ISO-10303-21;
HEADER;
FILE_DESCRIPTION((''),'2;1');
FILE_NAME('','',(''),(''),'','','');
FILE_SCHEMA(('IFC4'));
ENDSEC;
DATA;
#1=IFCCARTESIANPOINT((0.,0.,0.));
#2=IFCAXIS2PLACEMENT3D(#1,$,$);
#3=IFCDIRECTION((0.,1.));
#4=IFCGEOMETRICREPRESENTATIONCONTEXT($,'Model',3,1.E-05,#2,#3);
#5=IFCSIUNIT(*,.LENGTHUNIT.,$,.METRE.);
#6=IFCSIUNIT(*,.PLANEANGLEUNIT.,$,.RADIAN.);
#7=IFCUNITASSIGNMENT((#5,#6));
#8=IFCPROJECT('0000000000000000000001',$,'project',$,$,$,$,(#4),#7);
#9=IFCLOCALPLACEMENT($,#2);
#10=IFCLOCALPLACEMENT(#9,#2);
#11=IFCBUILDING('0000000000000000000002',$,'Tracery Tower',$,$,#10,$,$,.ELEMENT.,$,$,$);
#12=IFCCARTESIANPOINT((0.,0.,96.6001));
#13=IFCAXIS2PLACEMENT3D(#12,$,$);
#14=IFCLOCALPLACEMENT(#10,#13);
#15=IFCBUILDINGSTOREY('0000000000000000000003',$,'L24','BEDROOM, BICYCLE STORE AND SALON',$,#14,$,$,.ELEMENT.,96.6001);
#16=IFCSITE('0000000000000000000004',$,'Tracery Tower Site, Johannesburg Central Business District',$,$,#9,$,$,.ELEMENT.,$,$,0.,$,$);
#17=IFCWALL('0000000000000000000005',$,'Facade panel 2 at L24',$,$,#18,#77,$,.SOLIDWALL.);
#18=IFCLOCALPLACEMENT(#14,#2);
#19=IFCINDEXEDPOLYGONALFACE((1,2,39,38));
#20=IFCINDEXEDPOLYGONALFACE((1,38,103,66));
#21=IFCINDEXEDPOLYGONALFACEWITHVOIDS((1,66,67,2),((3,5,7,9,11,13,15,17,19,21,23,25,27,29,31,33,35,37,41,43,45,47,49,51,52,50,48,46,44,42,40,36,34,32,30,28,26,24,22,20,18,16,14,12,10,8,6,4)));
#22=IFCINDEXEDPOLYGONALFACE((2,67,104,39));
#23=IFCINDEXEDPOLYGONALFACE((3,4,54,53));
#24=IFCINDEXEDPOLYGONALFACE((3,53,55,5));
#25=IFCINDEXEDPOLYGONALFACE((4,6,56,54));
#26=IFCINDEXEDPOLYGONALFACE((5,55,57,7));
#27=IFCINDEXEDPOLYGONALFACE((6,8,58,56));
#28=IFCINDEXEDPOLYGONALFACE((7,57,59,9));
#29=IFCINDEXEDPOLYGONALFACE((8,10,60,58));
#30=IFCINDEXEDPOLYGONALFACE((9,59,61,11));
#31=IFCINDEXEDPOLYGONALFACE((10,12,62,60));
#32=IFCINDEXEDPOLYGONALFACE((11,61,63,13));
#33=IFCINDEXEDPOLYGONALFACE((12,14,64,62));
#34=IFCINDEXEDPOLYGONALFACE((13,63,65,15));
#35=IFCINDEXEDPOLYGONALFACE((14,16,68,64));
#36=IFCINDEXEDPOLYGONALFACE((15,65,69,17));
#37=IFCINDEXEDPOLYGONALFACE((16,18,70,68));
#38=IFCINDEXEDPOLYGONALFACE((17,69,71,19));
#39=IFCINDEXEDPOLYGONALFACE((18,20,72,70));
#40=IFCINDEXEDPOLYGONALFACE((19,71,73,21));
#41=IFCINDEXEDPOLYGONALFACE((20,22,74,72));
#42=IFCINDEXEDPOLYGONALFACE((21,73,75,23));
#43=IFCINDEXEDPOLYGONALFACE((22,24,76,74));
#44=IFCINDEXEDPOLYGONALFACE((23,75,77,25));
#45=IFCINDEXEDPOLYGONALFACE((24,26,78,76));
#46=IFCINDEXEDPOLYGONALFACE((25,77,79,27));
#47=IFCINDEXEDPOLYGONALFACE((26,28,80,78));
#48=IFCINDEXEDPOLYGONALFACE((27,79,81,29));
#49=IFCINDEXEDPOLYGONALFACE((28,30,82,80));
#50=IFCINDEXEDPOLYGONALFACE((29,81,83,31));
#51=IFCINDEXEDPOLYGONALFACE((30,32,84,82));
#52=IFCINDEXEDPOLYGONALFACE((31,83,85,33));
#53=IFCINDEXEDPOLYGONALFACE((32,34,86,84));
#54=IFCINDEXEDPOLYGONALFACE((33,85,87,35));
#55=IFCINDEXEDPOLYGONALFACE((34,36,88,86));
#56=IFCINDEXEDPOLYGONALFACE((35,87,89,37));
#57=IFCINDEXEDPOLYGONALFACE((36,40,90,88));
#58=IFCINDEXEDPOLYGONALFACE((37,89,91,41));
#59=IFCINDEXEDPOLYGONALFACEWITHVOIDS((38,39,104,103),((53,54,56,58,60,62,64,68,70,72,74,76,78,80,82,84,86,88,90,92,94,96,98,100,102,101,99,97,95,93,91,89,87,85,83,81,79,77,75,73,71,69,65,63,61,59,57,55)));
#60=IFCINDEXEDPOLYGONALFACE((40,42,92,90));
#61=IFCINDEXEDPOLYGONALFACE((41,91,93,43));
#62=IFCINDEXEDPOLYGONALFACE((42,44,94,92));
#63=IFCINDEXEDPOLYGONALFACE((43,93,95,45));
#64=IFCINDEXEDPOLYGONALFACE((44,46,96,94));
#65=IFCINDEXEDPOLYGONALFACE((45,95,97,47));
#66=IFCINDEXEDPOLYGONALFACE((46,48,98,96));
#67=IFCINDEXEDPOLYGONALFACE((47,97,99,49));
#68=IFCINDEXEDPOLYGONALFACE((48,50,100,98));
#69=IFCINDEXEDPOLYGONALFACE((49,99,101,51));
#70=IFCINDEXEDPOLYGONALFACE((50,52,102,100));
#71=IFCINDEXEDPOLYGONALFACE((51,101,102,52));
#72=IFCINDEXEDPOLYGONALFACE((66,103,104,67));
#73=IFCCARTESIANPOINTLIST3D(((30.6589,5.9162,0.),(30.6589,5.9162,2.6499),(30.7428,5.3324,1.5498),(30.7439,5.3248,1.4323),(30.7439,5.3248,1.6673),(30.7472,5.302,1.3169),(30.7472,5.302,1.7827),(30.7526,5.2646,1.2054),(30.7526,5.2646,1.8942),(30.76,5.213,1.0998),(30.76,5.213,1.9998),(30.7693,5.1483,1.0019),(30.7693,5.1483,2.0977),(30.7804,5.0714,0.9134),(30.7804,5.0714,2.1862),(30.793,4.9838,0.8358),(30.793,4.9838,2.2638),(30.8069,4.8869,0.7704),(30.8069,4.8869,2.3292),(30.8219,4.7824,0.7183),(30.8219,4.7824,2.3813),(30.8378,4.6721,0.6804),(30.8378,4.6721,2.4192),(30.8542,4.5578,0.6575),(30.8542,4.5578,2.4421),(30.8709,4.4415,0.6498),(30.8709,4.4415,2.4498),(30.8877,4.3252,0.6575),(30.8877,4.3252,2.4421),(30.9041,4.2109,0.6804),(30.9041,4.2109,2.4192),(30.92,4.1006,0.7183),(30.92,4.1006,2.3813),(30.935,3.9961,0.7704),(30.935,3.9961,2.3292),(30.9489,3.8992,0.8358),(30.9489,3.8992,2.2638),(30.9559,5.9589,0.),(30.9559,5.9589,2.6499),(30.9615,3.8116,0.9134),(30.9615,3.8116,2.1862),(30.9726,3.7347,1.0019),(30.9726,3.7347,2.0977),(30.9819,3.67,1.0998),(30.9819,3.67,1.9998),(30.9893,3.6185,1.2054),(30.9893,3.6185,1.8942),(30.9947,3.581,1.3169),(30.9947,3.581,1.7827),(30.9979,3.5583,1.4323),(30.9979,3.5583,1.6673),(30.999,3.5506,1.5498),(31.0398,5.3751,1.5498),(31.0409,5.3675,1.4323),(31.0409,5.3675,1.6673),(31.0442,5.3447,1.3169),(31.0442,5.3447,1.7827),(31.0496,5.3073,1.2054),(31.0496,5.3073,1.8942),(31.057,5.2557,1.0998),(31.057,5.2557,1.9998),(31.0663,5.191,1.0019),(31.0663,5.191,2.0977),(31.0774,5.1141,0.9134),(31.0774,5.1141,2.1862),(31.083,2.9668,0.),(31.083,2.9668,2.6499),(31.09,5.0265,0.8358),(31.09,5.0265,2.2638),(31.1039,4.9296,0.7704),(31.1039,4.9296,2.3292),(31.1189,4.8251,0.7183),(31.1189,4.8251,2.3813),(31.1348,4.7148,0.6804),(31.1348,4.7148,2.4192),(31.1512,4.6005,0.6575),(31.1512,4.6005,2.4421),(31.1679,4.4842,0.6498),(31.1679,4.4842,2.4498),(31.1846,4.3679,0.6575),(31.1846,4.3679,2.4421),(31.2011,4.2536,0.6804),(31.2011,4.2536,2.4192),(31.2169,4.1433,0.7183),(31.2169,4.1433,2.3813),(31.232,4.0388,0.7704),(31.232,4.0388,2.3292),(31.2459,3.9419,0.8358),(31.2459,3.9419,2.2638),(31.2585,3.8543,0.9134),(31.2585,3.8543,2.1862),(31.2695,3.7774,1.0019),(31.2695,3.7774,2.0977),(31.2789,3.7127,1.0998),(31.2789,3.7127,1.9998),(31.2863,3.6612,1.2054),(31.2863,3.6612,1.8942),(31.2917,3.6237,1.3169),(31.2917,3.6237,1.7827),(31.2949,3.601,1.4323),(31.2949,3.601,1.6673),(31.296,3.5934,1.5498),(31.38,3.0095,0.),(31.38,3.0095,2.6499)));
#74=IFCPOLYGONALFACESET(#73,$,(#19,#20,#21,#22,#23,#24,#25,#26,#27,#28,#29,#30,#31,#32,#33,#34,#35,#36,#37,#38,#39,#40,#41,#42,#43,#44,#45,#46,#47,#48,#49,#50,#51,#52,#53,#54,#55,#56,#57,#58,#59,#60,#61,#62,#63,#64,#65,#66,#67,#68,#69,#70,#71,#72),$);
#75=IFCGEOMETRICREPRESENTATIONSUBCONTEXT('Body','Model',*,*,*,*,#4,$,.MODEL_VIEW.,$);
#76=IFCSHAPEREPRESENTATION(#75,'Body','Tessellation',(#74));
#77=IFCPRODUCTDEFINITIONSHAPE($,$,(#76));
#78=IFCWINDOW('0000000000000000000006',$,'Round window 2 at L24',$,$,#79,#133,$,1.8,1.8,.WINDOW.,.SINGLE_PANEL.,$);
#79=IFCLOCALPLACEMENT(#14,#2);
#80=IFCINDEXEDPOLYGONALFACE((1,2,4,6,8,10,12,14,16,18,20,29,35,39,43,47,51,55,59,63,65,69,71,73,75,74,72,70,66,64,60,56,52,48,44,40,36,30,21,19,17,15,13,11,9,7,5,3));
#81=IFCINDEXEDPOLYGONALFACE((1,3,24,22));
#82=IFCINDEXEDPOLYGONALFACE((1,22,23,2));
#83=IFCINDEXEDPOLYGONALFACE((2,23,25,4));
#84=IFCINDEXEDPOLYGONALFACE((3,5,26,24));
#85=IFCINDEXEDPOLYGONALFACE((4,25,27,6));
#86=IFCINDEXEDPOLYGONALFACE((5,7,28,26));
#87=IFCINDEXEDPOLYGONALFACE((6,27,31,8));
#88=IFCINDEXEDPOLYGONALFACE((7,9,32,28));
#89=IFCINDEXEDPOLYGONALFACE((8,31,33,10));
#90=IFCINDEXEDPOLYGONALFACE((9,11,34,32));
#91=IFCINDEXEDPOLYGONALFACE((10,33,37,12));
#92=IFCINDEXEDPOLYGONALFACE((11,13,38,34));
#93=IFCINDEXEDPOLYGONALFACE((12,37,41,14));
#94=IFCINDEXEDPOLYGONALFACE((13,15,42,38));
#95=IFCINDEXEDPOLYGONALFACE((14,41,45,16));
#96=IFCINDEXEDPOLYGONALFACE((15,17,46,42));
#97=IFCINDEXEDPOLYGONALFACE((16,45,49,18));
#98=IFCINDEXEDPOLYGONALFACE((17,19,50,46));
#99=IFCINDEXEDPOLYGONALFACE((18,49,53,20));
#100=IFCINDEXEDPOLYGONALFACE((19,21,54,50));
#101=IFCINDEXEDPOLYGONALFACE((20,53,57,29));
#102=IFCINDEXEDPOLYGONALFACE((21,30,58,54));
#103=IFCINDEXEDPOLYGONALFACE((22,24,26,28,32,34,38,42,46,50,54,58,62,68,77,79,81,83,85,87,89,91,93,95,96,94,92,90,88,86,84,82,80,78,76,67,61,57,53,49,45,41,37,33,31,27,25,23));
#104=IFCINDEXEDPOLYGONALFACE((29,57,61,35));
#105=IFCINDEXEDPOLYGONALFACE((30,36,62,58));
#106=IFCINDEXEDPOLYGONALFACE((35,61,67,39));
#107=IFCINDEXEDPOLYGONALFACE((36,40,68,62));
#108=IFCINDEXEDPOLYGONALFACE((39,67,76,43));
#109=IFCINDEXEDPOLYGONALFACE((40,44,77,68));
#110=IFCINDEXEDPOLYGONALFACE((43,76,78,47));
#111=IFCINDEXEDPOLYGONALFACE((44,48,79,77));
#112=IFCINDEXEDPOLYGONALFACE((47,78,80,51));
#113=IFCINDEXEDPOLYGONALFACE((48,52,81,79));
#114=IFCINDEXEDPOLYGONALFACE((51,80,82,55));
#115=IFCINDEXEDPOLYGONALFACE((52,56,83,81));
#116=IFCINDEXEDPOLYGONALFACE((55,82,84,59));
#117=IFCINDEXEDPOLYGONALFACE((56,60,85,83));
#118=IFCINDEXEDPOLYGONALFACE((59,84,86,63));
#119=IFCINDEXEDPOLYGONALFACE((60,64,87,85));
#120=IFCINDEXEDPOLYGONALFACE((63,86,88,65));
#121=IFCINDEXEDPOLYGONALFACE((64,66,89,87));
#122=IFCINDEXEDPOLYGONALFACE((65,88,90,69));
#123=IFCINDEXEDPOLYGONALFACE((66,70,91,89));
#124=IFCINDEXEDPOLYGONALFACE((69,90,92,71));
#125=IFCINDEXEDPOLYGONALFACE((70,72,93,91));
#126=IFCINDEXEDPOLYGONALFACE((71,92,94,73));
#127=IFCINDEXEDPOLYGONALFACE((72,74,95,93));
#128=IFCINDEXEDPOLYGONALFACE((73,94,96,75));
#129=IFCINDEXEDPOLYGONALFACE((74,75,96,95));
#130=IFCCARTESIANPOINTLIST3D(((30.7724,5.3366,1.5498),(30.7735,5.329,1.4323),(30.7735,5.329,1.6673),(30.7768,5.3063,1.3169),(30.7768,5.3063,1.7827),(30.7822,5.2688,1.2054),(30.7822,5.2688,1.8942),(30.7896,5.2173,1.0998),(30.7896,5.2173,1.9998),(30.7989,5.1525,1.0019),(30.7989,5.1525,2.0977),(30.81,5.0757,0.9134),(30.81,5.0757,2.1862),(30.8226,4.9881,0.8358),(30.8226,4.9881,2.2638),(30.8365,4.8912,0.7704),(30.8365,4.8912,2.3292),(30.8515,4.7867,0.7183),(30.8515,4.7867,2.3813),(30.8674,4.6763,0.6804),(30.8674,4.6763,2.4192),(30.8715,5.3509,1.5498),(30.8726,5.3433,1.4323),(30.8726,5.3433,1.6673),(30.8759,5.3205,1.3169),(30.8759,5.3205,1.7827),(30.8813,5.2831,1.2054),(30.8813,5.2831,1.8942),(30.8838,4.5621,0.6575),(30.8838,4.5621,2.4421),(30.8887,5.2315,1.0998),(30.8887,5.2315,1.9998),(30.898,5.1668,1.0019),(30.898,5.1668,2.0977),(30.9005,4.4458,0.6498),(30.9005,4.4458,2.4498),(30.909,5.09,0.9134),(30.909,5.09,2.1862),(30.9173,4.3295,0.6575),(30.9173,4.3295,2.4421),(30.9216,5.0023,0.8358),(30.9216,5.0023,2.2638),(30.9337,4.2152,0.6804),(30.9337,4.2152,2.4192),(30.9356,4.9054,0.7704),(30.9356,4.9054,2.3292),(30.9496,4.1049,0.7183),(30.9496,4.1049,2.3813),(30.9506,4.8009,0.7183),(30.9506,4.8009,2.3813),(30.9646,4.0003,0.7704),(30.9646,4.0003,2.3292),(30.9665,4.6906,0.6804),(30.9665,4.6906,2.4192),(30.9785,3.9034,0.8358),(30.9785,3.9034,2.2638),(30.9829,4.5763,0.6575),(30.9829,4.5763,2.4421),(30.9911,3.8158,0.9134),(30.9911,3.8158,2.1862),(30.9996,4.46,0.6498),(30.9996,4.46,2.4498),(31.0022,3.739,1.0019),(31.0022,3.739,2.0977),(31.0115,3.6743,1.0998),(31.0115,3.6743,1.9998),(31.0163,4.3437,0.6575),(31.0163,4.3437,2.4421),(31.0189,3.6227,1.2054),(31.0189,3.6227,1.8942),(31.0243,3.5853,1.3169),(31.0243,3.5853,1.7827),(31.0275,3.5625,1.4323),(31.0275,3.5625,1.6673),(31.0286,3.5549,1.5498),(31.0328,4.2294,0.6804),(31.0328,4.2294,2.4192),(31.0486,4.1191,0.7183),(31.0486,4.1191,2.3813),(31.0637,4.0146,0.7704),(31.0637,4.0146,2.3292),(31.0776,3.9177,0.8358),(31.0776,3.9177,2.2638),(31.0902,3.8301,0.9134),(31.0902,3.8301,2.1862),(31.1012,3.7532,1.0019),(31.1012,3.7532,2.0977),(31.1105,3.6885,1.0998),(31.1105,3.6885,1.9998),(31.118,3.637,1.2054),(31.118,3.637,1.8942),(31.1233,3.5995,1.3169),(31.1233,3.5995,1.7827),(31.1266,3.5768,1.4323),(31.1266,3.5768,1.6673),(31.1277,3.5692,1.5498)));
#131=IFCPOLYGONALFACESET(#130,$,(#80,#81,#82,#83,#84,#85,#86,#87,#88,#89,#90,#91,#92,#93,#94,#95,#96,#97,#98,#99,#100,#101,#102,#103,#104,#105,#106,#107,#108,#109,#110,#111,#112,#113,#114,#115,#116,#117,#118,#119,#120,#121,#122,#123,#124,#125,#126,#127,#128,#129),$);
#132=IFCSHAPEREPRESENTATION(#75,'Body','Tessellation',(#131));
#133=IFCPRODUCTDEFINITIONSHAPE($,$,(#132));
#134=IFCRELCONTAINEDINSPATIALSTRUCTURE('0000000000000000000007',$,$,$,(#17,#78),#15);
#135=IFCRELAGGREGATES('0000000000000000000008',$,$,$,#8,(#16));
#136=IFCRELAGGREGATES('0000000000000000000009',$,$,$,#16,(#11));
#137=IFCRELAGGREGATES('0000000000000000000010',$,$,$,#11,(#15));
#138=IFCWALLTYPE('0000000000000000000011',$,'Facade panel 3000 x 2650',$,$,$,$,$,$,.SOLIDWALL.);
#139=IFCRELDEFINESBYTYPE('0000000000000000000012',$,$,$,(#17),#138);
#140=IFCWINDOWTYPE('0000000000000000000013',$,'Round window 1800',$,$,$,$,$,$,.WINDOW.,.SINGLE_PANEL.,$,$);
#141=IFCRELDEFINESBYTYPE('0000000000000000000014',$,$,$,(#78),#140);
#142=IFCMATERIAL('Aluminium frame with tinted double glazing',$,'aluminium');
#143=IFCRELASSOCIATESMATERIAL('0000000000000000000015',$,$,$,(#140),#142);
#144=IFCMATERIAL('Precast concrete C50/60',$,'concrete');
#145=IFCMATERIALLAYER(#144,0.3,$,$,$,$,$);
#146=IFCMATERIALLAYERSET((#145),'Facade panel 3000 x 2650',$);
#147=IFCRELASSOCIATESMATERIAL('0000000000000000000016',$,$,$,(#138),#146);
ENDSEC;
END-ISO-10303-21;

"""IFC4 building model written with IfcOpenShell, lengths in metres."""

from ifc_helpers import new_model, si_unit, direction, frame, frame_2d, origin, origin_2d, place, context, subcontext, project, spatial, rectangle, circle, extrude, material, layer, layer_set, type_object, element, fill, save


model = new_model("IFC4")

# Units and contexts
model_context = context("Model", 3, precision=1e-05, world=origin(), true_north=direction((0.0, 1.0)))
body_context = subcontext(model_context, "Body", "Model", "MODEL_VIEW")
ifc_project = project(units=[si_unit("LENGTHUNIT", "METRE"), si_unit("PLANEANGLEUNIT", "RADIAN")], contexts=[model_context])

# Site, building, storey
site_placement = place(None, origin())
site = spatial("IfcSite", under=ifc_project, at=site_placement, Name="Tracery Tower Site, Johannesburg Central Business District", CompositionType="ELEMENT", RefElevation=0.0)
building_placement = place(site_placement, origin())
building = spatial("IfcBuilding", under=site, at=building_placement, Name="Tracery Tower", CompositionType="ELEMENT")
storey_placement = place(building_placement, frame((0.0, 0.0, 96.6001)))
storey = spatial("IfcBuildingStorey", under=building, at=storey_placement, Name="L24", Description="BEDROOM, BICYCLE STORE AND SALON", CompositionType="ELEMENT", Elevation=96.6001)

# Wall, opening, window
ifc_material_1 = material(Name="Aluminium frame with tinted double glazing", Category="aluminium")
window_type = type_object("IfcWindowType", Name="Round window 1800", PartitioningType="SINGLE_PANEL", PredefinedType="WINDOW", material=ifc_material_1)
ifc_material_2 = material(Name="Precast concrete C50/60", Category="concrete")
ifc_layer_1 = layer(ifc_material_2, 0.3)
ifc_layer_set_1 = layer_set([ifc_layer_1], Name="Facade panel 3000 x 2650")
wall_type_1 = type_object("IfcWallType", Name="Facade panel 3000 x 2650", PredefinedType="SOLIDWALL", material=ifc_layer_set_1)
wall_1_placement = place(storey_placement, frame((31.2314, 2.9883, 0.0), z_axis=(0.0, 0.0, 1.0), x_axis=(-0.142316, 0.989821, 0.0)))
wall_1 = element("IfcWall", 1, at=wall_1_placement, inside=storey, type_object=wall_type_1, Name="Facade panel 2 at L24", PredefinedType="SOLIDWALL", context=body_context, shape_type="SweptSolid", body=[
    extrude(rectangle(XDim=2.9797, YDim=0.3, at=frame_2d((1.4897, 0.0))), origin(), (0.0, 0.0, 1.0), 2.6499),
])
opening_1_placement = place(wall_1_placement, frame((1.4897, 0.0, 1.5498)))
opening_1 = element("IfcOpeningElement", 2, at=opening_1_placement, cuts=wall_1, PredefinedType="OPENING", context=body_context, shape_type="SweptSolid", body=[
    extrude(circle(Radius=0.9, at=origin_2d()), frame((0.0, 0.1599, 0.0), z_axis=(0.0, -1.0, 0.0), x_axis=(1.0, 0.0, 0.0)), (0.0, 0.0, 1.0), 0.3201),
])
window_1_placement = place(opening_1_placement, origin())
window_1 = element("IfcWindow", 3, at=window_1_placement, inside=storey, type_object=window_type, Name="Round window 2 at L24", OverallHeight=1.8, OverallWidth=1.8, PartitioningType="SINGLE_PANEL", PredefinedType="WINDOW", context=body_context, shape_type="SweptSolid", body=[
    extrude(circle(Radius=0.9, at=origin_2d()), frame((0.0, 0.1201, 0.0), z_axis=(0.0, -1.0, 0.0), x_axis=(1.0, 0.0, 0.0)), (0.0, 0.0, 1.0), 0.1001),
])
fill(opening_1, window_1)

save(model, "model.ifc")
